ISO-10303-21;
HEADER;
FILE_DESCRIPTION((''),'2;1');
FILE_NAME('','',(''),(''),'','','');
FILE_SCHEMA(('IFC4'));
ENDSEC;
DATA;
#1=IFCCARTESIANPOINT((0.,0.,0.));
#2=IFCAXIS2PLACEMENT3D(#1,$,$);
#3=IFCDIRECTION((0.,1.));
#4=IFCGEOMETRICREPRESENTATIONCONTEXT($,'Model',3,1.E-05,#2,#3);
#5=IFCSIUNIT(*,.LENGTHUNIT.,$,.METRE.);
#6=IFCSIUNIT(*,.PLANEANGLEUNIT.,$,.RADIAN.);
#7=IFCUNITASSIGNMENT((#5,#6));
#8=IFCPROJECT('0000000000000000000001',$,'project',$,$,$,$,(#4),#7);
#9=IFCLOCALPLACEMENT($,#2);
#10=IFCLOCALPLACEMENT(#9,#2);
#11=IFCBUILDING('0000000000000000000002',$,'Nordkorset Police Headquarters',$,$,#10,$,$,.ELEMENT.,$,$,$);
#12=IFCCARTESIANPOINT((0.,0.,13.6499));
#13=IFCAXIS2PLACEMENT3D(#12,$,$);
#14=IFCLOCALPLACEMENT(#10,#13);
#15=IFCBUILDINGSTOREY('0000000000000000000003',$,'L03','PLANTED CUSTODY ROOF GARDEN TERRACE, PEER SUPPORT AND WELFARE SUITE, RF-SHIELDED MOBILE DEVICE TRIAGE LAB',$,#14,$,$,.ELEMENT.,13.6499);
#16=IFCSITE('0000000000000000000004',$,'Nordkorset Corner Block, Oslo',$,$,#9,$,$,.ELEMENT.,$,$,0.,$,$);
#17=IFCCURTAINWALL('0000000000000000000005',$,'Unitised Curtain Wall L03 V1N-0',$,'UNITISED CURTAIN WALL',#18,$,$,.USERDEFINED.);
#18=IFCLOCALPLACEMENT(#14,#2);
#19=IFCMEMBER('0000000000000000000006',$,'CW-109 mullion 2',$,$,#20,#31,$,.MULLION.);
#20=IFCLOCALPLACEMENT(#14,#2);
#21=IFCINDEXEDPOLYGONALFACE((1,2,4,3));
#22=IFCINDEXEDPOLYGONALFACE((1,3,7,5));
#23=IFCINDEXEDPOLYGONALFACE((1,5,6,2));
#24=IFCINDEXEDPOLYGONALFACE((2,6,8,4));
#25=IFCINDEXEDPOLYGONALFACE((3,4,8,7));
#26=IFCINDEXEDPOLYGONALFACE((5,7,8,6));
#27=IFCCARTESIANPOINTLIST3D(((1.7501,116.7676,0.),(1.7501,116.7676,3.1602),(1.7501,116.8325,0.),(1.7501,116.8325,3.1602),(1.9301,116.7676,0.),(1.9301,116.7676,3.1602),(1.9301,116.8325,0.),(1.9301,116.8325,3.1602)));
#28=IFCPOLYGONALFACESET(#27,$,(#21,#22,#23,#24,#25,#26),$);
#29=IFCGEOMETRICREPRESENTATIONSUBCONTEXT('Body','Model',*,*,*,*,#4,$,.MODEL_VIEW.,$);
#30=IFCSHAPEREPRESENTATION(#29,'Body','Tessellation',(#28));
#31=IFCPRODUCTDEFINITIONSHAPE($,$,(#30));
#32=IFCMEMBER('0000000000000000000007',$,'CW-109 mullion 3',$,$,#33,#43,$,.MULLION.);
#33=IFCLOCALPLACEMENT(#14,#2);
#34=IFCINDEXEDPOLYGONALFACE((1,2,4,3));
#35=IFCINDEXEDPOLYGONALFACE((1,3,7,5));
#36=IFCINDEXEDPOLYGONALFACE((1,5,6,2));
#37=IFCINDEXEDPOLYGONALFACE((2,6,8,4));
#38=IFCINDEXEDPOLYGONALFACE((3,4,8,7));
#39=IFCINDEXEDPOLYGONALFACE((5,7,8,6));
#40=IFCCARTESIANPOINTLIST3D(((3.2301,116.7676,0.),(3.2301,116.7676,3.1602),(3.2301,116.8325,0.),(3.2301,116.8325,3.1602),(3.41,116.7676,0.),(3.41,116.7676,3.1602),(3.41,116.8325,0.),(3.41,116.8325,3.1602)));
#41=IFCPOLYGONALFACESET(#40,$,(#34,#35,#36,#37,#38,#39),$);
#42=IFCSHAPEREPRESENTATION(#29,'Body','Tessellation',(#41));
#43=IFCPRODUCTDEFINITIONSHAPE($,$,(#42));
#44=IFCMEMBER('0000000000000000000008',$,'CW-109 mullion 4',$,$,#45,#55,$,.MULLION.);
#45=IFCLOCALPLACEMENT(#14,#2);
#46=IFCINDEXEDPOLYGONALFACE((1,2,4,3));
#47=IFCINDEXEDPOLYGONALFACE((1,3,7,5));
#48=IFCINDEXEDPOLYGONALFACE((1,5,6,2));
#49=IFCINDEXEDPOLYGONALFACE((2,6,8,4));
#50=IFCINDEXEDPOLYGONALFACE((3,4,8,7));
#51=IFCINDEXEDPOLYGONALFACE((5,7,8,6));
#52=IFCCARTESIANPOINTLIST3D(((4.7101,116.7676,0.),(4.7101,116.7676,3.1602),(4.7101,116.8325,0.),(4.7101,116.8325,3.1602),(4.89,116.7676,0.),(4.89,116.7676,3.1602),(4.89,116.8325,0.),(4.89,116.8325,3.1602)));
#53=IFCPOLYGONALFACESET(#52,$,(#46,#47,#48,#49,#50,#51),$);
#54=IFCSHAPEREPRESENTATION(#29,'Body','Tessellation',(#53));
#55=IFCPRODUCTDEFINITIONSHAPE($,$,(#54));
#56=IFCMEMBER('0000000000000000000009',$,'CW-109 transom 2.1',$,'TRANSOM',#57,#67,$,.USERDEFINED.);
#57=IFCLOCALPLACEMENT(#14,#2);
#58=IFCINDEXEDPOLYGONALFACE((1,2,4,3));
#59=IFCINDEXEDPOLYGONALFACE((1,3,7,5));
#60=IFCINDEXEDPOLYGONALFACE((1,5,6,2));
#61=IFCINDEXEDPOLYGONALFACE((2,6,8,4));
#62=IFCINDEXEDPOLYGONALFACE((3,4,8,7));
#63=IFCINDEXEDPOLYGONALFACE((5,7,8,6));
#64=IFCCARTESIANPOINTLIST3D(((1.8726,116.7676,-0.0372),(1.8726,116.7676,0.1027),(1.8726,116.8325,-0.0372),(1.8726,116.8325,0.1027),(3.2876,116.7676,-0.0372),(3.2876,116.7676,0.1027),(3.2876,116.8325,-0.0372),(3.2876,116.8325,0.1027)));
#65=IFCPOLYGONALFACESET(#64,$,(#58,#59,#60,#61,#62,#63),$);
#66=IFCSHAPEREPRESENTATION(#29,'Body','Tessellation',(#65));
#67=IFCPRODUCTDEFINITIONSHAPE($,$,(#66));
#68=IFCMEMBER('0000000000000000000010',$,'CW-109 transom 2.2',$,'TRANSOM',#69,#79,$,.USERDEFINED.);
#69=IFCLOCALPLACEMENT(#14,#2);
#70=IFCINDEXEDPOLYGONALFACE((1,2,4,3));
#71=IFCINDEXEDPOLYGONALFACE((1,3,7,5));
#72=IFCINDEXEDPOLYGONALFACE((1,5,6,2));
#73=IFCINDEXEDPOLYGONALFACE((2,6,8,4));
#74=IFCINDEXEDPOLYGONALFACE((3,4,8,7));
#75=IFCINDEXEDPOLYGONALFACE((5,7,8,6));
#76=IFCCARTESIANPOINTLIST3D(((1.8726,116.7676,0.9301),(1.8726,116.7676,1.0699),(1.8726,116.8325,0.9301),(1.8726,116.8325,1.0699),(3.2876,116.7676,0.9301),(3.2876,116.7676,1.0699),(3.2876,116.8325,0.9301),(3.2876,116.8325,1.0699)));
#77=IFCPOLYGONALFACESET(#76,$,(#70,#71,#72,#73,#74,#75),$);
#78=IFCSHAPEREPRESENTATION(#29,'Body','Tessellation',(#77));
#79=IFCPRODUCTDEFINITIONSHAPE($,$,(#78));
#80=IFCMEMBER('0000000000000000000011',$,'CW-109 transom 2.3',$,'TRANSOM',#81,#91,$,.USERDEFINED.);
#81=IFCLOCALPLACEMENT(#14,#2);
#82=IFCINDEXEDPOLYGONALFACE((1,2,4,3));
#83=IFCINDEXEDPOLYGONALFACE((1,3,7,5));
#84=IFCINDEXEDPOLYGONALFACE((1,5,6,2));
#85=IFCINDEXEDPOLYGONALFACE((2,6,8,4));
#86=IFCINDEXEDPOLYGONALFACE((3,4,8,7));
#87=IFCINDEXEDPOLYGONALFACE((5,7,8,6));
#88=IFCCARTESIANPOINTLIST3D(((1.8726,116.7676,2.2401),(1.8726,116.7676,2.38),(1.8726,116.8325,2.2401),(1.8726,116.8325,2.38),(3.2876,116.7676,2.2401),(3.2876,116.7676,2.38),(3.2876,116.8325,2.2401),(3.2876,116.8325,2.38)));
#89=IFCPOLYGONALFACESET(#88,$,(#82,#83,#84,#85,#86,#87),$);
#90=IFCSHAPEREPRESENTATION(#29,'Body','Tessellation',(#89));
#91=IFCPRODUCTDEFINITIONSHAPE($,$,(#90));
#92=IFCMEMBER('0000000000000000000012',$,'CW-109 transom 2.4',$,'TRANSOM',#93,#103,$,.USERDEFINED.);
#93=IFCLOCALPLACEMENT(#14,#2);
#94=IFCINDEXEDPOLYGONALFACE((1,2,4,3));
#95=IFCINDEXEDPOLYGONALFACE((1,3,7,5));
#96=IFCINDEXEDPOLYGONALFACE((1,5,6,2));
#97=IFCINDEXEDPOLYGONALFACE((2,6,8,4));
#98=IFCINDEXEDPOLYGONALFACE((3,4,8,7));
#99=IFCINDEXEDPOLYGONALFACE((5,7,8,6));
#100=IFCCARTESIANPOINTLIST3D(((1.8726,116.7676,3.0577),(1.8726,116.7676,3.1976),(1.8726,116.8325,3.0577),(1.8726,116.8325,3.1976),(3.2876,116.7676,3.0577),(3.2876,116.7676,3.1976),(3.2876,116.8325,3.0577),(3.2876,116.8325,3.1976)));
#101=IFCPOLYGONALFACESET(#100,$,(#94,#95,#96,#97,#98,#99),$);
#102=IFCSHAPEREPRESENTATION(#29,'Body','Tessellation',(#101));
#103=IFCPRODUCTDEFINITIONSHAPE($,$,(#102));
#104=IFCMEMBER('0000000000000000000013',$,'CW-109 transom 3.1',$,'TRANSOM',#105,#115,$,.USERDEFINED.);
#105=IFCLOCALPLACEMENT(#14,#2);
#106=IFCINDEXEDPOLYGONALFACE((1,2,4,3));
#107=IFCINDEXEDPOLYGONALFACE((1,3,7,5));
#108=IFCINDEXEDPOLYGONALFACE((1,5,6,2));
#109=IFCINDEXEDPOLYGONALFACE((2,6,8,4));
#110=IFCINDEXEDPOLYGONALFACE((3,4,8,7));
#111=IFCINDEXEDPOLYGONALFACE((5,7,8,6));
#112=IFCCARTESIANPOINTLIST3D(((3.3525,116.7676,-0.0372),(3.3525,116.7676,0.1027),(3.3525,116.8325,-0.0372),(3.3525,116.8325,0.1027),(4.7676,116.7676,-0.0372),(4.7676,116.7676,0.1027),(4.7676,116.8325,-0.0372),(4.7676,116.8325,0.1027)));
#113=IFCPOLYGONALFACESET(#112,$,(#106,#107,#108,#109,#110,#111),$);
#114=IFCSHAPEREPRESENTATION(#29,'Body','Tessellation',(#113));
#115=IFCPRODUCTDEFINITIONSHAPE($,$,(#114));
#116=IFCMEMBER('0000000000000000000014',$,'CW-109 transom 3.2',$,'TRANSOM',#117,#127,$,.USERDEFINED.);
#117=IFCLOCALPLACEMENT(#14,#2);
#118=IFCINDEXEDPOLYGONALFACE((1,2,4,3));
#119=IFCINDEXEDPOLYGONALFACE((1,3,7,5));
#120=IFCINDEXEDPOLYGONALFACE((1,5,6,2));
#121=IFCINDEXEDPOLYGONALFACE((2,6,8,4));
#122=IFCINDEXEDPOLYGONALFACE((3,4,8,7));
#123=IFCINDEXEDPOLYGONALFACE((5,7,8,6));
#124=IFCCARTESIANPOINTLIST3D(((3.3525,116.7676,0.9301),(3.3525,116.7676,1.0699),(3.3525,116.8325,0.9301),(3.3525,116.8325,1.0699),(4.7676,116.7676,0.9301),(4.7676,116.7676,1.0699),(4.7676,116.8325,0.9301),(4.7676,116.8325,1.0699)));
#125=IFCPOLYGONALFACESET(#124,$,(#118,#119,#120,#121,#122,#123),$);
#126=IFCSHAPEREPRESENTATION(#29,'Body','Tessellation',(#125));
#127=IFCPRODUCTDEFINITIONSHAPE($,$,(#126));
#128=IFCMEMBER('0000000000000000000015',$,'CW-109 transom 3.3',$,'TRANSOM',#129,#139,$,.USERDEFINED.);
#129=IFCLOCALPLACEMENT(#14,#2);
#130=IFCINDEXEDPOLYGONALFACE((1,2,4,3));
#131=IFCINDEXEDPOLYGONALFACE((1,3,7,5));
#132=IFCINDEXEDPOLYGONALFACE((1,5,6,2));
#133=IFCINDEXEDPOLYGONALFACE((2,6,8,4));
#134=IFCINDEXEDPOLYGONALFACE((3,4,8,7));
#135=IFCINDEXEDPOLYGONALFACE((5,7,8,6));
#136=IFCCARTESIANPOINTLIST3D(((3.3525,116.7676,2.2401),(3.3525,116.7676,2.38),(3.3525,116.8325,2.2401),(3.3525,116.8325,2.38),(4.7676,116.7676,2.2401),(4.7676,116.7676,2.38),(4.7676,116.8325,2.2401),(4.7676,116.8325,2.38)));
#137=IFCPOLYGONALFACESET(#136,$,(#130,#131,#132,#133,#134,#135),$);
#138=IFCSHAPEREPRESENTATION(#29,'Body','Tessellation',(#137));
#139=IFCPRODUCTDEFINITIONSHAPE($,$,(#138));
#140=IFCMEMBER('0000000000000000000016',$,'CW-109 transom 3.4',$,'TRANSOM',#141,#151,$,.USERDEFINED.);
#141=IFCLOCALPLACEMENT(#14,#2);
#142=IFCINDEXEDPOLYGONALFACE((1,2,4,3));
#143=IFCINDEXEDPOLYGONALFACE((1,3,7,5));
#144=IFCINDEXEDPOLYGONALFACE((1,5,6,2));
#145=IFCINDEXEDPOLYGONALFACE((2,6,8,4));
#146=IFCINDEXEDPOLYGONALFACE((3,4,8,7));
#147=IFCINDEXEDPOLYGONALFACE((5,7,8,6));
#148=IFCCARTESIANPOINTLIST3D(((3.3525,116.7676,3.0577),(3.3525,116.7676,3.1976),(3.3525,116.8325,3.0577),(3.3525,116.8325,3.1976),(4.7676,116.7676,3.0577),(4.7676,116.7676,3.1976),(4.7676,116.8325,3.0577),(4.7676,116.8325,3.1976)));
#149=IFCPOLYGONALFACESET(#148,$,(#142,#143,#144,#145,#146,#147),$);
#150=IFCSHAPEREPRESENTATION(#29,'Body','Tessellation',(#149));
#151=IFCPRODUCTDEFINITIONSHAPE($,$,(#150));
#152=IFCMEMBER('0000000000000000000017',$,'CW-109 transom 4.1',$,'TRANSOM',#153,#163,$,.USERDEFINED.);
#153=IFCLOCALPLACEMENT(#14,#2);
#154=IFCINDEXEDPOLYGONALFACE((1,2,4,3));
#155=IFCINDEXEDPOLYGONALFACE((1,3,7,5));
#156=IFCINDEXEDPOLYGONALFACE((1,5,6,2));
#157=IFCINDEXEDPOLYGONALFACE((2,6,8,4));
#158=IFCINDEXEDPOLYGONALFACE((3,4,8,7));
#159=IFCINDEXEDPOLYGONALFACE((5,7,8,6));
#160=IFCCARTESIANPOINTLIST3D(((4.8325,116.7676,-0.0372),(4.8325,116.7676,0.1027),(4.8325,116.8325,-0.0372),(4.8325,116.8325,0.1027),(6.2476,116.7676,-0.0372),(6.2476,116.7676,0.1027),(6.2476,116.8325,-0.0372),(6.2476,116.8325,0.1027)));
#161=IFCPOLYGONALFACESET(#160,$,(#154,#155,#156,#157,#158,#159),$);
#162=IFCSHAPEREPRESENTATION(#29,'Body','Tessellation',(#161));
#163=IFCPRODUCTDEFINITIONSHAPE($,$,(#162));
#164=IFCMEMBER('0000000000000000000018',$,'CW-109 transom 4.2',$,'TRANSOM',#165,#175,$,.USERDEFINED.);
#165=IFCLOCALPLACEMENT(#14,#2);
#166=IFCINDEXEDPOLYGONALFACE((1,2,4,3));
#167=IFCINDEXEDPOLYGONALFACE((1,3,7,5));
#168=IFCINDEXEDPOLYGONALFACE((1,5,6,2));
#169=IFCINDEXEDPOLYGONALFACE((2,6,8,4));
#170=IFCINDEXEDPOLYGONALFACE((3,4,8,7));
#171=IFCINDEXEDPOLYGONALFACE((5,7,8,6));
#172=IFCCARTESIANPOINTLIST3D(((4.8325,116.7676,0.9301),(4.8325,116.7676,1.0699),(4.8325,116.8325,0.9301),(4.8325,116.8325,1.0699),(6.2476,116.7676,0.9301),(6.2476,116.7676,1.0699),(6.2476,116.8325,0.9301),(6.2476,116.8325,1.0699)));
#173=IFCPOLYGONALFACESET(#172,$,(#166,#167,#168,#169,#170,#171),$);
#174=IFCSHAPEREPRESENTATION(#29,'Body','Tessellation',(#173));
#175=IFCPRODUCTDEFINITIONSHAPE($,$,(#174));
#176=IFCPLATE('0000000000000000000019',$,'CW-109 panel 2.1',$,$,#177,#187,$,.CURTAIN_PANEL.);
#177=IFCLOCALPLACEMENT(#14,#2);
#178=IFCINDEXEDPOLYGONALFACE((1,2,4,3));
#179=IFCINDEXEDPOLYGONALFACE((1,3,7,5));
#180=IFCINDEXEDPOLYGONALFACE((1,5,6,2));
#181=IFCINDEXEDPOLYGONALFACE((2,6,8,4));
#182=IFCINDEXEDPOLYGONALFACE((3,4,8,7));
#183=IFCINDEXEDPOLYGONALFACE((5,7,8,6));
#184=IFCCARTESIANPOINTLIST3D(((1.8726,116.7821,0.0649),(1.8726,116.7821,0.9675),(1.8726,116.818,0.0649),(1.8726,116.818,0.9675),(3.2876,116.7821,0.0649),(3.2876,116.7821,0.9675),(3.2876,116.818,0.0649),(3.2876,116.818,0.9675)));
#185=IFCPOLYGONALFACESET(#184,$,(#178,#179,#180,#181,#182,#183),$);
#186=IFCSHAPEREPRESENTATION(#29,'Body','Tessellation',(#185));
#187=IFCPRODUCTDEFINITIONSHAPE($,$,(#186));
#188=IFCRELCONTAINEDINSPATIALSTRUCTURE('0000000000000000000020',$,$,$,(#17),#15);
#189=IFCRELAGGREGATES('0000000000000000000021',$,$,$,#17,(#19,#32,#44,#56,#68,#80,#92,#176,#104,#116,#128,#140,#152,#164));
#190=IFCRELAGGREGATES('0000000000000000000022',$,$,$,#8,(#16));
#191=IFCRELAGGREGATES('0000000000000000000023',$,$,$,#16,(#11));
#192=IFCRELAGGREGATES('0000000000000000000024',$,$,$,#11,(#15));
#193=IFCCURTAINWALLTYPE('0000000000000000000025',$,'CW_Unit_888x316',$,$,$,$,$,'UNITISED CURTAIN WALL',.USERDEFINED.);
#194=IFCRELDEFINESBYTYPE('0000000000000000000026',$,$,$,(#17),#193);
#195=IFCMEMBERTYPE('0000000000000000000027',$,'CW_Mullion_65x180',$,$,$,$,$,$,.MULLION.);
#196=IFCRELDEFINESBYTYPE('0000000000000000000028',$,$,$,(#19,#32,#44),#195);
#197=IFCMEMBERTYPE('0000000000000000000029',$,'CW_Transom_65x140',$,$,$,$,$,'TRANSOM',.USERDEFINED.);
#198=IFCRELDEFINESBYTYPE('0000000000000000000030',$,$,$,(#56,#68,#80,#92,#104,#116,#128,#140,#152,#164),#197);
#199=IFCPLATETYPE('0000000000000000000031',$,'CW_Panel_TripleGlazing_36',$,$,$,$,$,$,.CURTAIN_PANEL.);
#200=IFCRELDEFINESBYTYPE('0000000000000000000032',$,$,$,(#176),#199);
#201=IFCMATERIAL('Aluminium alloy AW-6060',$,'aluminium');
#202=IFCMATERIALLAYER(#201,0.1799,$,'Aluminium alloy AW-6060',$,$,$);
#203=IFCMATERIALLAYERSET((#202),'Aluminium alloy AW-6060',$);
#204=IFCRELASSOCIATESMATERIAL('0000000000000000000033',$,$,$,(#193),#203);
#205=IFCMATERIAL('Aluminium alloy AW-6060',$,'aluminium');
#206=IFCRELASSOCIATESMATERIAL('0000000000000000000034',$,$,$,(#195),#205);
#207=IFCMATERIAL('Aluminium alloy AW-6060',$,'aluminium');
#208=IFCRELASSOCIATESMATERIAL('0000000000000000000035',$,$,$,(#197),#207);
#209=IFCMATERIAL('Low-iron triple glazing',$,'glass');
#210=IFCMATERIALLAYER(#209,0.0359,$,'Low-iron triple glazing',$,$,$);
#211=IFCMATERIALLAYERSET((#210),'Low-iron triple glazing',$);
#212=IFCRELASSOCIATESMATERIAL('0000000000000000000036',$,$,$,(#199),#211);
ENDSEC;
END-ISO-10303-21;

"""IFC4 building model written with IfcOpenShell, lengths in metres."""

from ifc_helpers import new_model, si_unit, direction, frame, origin, origin_2d, place, context, subcontext, project, spatial, rectangle, extrude, material, layer, layer_set, material_profile, profile_set, type_object, element, aggregate, save


model = new_model("IFC4")

# Units and contexts
model_context = context("Model", 3, precision=1e-05, world=origin(), true_north=direction((0.0, 1.0)))
body_context = subcontext(model_context, "Body", "Model", "MODEL_VIEW")
ifc_project = project(units=[si_unit("LENGTHUNIT", "METRE"), si_unit("PLANEANGLEUNIT", "RADIAN")], contexts=[model_context])

# Site, building, storey
site_placement = place(None, origin())
site = spatial("IfcSite", under=ifc_project, at=site_placement, Name="Nordkorset Corner Block, Oslo", CompositionType="ELEMENT", RefElevation=0.0)
building_placement = place(site_placement, origin())
building = spatial("IfcBuilding", under=site, at=building_placement, Name="Nordkorset Police Headquarters", CompositionType="ELEMENT")
storey_placement = place(building_placement, frame((0.0, 0.0, 13.6499)))
storey = spatial("IfcBuildingStorey", under=building, at=storey_placement, Name="L03", Description="PLANTED CUSTODY ROOF GARDEN TERRACE, PEER SUPPORT AND WELFARE SUITE, RF-SHIELDED MOBILE DEVICE TRIAGE LAB", CompositionType="ELEMENT", Elevation=13.6499)

# Curtain wall, members, plate
ifc_material_1 = material(Name="Aluminium alloy AW-6060", Category="aluminium")
ifc_layer_1 = layer(ifc_material_1, 0.1799, Name="Aluminium alloy AW-6060")
ifc_layer_set_1 = layer_set([ifc_layer_1], Name="Aluminium alloy AW-6060")
curtain_wall_type = type_object("IfcCurtainWallType", Name="CW_Unit_888x316", ElementType="UNITISED CURTAIN WALL", PredefinedType="USERDEFINED", material=ifc_layer_set_1)
curtain_wall_placement = place(storey_placement, origin())
curtain_wall = element("IfcCurtainWall", 1, at=curtain_wall_placement, inside=storey, type_object=curtain_wall_type, Name="Unitised Curtain Wall L03 V1N-0", ObjectType="UNITISED CURTAIN WALL", PredefinedType="USERDEFINED")
ifc_material_2 = material(Name="Aluminium alloy AW-6060", Category="aluminium")
ifc_material_profile_1 = material_profile(ifc_material_2, rectangle(XDim=0.0649, YDim=0.1799, at=origin_2d()), Name="ALU MULL 65x180")
ifc_profile_set_1 = profile_set([ifc_material_profile_1], Name="Aluminium alloy AW-6060")
member_type_1 = type_object("IfcMemberType", Name="CW_Mullion_65x180", PredefinedType="MULLION", material=ifc_profile_set_1)
member_1_placement = place(storey_placement, frame((1.8401, 116.8, 0.0), z_axis=(0.0, 0.0, 1.0), x_axis=(0.0, 1.0, 0.0)))
member_1 = element("IfcMember", 2, at=member_1_placement, type_object=member_type_1, Name="CW-109 mullion 2", PredefinedType="MULLION", context=body_context, shape_type="SweptSolid", body=[
    extrude(rectangle(XDim=0.0649, YDim=0.1799, at=origin_2d()), origin(), (0.0, 0.0, 1.0), 3.1602),
])
member_2_placement = place(storey_placement, frame((3.3201, 116.8, 0.0), z_axis=(0.0, 0.0, 1.0), x_axis=(0.0, 1.0, 0.0)))
member_2 = element("IfcMember", 3, at=member_2_placement, type_object=member_type_1, Name="CW-109 mullion 3", PredefinedType="MULLION", context=body_context, shape_type="SweptSolid", body=[
    extrude(rectangle(XDim=0.0649, YDim=0.1799, at=origin_2d()), origin(), (0.0, 0.0, 1.0), 3.1602),
])
member_3_placement = place(storey_placement, frame((4.8, 116.8, 0.0), z_axis=(0.0, 0.0, 1.0), x_axis=(0.0, 1.0, 0.0)))
member_3 = element("IfcMember", 4, at=member_3_placement, type_object=member_type_1, Name="CW-109 mullion 4", PredefinedType="MULLION", context=body_context, shape_type="SweptSolid", body=[
    extrude(rectangle(XDim=0.0649, YDim=0.1799, at=origin_2d()), origin(), (0.0, 0.0, 1.0), 3.1602),
])
ifc_material_3 = material(Name="Aluminium alloy AW-6060", Category="aluminium")
ifc_material_profile_2 = material_profile(ifc_material_3, rectangle(XDim=0.0649, YDim=0.1399, at=origin_2d()), Name="ALU TRAN 65x140")
ifc_profile_set_2 = profile_set([ifc_material_profile_2], Name="Aluminium alloy AW-6060")
member_type_2 = type_object("IfcMemberType", Name="CW_Transom_65x140", ElementType="TRANSOM", PredefinedType="USERDEFINED", material=ifc_profile_set_2)
member_4_placement = place(storey_placement, frame((1.8726, 116.8, 0.0327), z_axis=(1.0, 0.0, 0.0), x_axis=(0.0, 1.0, 0.0)))
member_4 = element("IfcMember", 5, at=member_4_placement, type_object=member_type_2, Name="CW-109 transom 2.1", ObjectType="TRANSOM", PredefinedType="USERDEFINED", context=body_context, shape_type="SweptSolid", body=[
    extrude(rectangle(XDim=0.0649, YDim=0.1399, at=origin_2d()), origin(), (0.0, 0.0, 1.0), 1.415),
])
member_5_placement = place(storey_placement, frame((1.8726, 116.8, 1.0), z_axis=(1.0, 0.0, 0.0), x_axis=(0.0, 1.0, 0.0)))
member_5 = element("IfcMember", 6, at=member_5_placement, type_object=member_type_2, Name="CW-109 transom 2.2", ObjectType="TRANSOM", PredefinedType="USERDEFINED", context=body_context, shape_type="SweptSolid", body=[
    extrude(rectangle(XDim=0.0649, YDim=0.1399, at=origin_2d()), origin(), (0.0, 0.0, 1.0), 1.415),
])
member_6_placement = place(storey_placement, frame((1.8726, 116.8, 2.3101), z_axis=(1.0, 0.0, 0.0), x_axis=(0.0, 1.0, 0.0)))
member_6 = element("IfcMember", 7, at=member_6_placement, type_object=member_type_2, Name="CW-109 transom 2.3", ObjectType="TRANSOM", PredefinedType="USERDEFINED", context=body_context, shape_type="SweptSolid", body=[
    extrude(rectangle(XDim=0.0649, YDim=0.1399, at=origin_2d()), origin(), (0.0, 0.0, 1.0), 1.415),
])
member_7_placement = place(storey_placement, frame((1.8726, 116.8, 3.1277), z_axis=(1.0, 0.0, 0.0), x_axis=(0.0, 1.0, 0.0)))
member_7 = element("IfcMember", 8, at=member_7_placement, type_object=member_type_2, Name="CW-109 transom 2.4", ObjectType="TRANSOM", PredefinedType="USERDEFINED", context=body_context, shape_type="SweptSolid", body=[
    extrude(rectangle(XDim=0.0649, YDim=0.1399, at=origin_2d()), origin(), (0.0, 0.0, 1.0), 1.415),
])
member_8_placement = place(storey_placement, frame((3.3525, 116.8, 0.0327), z_axis=(1.0, 0.0, 0.0), x_axis=(0.0, 1.0, 0.0)))
member_8 = element("IfcMember", 9, at=member_8_placement, type_object=member_type_2, Name="CW-109 transom 3.1", ObjectType="TRANSOM", PredefinedType="USERDEFINED", context=body_context, shape_type="SweptSolid", body=[
    extrude(rectangle(XDim=0.0649, YDim=0.1399, at=origin_2d()), origin(), (0.0, 0.0, 1.0), 1.415),
])
member_9_placement = place(storey_placement, frame((3.3525, 116.8, 1.0), z_axis=(1.0, 0.0, 0.0), x_axis=(0.0, 1.0, 0.0)))
member_9 = element("IfcMember", 10, at=member_9_placement, type_object=member_type_2, Name="CW-109 transom 3.2", ObjectType="TRANSOM", PredefinedType="USERDEFINED", context=body_context, shape_type="SweptSolid", body=[
    extrude(rectangle(XDim=0.0649, YDim=0.1399, at=origin_2d()), origin(), (0.0, 0.0, 1.0), 1.415),
])
member_10_placement = place(storey_placement, frame((3.3525, 116.8, 2.3101), z_axis=(1.0, 0.0, 0.0), x_axis=(0.0, 1.0, 0.0)))
member_10 = element("IfcMember", 11, at=member_10_placement, type_object=member_type_2, Name="CW-109 transom 3.3", ObjectType="TRANSOM", PredefinedType="USERDEFINED", context=body_context, shape_type="SweptSolid", body=[
    extrude(rectangle(XDim=0.0649, YDim=0.1399, at=origin_2d()), origin(), (0.0, 0.0, 1.0), 1.415),
])
member_11_placement = place(storey_placement, frame((3.3525, 116.8, 3.1277), z_axis=(1.0, 0.0, 0.0), x_axis=(0.0, 1.0, 0.0)))
member_11 = element("IfcMember", 12, at=member_11_placement, type_object=member_type_2, Name="CW-109 transom 3.4", ObjectType="TRANSOM", PredefinedType="USERDEFINED", context=body_context, shape_type="SweptSolid", body=[
    extrude(rectangle(XDim=0.0649, YDim=0.1399, at=origin_2d()), origin(), (0.0, 0.0, 1.0), 1.415),
])
member_12_placement = place(storey_placement, frame((4.8325, 116.8, 0.0327), z_axis=(1.0, 0.0, 0.0), x_axis=(0.0, 1.0, 0.0)))
member_12 = element("IfcMember", 13, at=member_12_placement, type_object=member_type_2, Name="CW-109 transom 4.1", ObjectType="TRANSOM", PredefinedType="USERDEFINED", context=body_context, shape_type="SweptSolid", body=[
    extrude(rectangle(XDim=0.0649, YDim=0.1399, at=origin_2d()), origin(), (0.0, 0.0, 1.0), 1.415),
])
member_13_placement = place(storey_placement, frame((4.8325, 116.8, 1.0), z_axis=(1.0, 0.0, 0.0), x_axis=(0.0, 1.0, 0.0)))
member_13 = element("IfcMember", 14, at=member_13_placement, type_object=member_type_2, Name="CW-109 transom 4.2", ObjectType="TRANSOM", PredefinedType="USERDEFINED", context=body_context, shape_type="SweptSolid", body=[
    extrude(rectangle(XDim=0.0649, YDim=0.1399, at=origin_2d()), origin(), (0.0, 0.0, 1.0), 1.415),
])
ifc_material_4 = material(Name="Low-iron triple glazing", Category="glass")
ifc_layer_2 = layer(ifc_material_4, 0.0359, Name="Low-iron triple glazing")
ifc_layer_set_2 = layer_set([ifc_layer_2], Name="Low-iron triple glazing")
plate_type = type_object("IfcPlateType", Name="CW_Panel_TripleGlazing_36", PredefinedType="CURTAIN_PANEL", material=ifc_layer_set_2)
plate_1_placement = place(storey_placement, frame((2.5801, 116.8, 0.0649), z_axis=(0.0, 0.0, 1.0), x_axis=(1.0, 0.0, 0.0)))
plate_1 = element("IfcPlate", 15, at=plate_1_placement, type_object=plate_type, Name="CW-109 panel 2.1", PredefinedType="CURTAIN_PANEL", context=body_context, shape_type="SweptSolid", body=[
    extrude(rectangle(XDim=1.415, YDim=0.0359, at=origin_2d()), origin(), (0.0, 0.0, 1.0), 0.9026),
])
aggregate(curtain_wall, [member_1, member_2, member_3, member_4, member_5, member_6, member_7, plate_1, member_8, member_9, member_10, member_11, member_12, member_13])

save(model, "model.ifc")
